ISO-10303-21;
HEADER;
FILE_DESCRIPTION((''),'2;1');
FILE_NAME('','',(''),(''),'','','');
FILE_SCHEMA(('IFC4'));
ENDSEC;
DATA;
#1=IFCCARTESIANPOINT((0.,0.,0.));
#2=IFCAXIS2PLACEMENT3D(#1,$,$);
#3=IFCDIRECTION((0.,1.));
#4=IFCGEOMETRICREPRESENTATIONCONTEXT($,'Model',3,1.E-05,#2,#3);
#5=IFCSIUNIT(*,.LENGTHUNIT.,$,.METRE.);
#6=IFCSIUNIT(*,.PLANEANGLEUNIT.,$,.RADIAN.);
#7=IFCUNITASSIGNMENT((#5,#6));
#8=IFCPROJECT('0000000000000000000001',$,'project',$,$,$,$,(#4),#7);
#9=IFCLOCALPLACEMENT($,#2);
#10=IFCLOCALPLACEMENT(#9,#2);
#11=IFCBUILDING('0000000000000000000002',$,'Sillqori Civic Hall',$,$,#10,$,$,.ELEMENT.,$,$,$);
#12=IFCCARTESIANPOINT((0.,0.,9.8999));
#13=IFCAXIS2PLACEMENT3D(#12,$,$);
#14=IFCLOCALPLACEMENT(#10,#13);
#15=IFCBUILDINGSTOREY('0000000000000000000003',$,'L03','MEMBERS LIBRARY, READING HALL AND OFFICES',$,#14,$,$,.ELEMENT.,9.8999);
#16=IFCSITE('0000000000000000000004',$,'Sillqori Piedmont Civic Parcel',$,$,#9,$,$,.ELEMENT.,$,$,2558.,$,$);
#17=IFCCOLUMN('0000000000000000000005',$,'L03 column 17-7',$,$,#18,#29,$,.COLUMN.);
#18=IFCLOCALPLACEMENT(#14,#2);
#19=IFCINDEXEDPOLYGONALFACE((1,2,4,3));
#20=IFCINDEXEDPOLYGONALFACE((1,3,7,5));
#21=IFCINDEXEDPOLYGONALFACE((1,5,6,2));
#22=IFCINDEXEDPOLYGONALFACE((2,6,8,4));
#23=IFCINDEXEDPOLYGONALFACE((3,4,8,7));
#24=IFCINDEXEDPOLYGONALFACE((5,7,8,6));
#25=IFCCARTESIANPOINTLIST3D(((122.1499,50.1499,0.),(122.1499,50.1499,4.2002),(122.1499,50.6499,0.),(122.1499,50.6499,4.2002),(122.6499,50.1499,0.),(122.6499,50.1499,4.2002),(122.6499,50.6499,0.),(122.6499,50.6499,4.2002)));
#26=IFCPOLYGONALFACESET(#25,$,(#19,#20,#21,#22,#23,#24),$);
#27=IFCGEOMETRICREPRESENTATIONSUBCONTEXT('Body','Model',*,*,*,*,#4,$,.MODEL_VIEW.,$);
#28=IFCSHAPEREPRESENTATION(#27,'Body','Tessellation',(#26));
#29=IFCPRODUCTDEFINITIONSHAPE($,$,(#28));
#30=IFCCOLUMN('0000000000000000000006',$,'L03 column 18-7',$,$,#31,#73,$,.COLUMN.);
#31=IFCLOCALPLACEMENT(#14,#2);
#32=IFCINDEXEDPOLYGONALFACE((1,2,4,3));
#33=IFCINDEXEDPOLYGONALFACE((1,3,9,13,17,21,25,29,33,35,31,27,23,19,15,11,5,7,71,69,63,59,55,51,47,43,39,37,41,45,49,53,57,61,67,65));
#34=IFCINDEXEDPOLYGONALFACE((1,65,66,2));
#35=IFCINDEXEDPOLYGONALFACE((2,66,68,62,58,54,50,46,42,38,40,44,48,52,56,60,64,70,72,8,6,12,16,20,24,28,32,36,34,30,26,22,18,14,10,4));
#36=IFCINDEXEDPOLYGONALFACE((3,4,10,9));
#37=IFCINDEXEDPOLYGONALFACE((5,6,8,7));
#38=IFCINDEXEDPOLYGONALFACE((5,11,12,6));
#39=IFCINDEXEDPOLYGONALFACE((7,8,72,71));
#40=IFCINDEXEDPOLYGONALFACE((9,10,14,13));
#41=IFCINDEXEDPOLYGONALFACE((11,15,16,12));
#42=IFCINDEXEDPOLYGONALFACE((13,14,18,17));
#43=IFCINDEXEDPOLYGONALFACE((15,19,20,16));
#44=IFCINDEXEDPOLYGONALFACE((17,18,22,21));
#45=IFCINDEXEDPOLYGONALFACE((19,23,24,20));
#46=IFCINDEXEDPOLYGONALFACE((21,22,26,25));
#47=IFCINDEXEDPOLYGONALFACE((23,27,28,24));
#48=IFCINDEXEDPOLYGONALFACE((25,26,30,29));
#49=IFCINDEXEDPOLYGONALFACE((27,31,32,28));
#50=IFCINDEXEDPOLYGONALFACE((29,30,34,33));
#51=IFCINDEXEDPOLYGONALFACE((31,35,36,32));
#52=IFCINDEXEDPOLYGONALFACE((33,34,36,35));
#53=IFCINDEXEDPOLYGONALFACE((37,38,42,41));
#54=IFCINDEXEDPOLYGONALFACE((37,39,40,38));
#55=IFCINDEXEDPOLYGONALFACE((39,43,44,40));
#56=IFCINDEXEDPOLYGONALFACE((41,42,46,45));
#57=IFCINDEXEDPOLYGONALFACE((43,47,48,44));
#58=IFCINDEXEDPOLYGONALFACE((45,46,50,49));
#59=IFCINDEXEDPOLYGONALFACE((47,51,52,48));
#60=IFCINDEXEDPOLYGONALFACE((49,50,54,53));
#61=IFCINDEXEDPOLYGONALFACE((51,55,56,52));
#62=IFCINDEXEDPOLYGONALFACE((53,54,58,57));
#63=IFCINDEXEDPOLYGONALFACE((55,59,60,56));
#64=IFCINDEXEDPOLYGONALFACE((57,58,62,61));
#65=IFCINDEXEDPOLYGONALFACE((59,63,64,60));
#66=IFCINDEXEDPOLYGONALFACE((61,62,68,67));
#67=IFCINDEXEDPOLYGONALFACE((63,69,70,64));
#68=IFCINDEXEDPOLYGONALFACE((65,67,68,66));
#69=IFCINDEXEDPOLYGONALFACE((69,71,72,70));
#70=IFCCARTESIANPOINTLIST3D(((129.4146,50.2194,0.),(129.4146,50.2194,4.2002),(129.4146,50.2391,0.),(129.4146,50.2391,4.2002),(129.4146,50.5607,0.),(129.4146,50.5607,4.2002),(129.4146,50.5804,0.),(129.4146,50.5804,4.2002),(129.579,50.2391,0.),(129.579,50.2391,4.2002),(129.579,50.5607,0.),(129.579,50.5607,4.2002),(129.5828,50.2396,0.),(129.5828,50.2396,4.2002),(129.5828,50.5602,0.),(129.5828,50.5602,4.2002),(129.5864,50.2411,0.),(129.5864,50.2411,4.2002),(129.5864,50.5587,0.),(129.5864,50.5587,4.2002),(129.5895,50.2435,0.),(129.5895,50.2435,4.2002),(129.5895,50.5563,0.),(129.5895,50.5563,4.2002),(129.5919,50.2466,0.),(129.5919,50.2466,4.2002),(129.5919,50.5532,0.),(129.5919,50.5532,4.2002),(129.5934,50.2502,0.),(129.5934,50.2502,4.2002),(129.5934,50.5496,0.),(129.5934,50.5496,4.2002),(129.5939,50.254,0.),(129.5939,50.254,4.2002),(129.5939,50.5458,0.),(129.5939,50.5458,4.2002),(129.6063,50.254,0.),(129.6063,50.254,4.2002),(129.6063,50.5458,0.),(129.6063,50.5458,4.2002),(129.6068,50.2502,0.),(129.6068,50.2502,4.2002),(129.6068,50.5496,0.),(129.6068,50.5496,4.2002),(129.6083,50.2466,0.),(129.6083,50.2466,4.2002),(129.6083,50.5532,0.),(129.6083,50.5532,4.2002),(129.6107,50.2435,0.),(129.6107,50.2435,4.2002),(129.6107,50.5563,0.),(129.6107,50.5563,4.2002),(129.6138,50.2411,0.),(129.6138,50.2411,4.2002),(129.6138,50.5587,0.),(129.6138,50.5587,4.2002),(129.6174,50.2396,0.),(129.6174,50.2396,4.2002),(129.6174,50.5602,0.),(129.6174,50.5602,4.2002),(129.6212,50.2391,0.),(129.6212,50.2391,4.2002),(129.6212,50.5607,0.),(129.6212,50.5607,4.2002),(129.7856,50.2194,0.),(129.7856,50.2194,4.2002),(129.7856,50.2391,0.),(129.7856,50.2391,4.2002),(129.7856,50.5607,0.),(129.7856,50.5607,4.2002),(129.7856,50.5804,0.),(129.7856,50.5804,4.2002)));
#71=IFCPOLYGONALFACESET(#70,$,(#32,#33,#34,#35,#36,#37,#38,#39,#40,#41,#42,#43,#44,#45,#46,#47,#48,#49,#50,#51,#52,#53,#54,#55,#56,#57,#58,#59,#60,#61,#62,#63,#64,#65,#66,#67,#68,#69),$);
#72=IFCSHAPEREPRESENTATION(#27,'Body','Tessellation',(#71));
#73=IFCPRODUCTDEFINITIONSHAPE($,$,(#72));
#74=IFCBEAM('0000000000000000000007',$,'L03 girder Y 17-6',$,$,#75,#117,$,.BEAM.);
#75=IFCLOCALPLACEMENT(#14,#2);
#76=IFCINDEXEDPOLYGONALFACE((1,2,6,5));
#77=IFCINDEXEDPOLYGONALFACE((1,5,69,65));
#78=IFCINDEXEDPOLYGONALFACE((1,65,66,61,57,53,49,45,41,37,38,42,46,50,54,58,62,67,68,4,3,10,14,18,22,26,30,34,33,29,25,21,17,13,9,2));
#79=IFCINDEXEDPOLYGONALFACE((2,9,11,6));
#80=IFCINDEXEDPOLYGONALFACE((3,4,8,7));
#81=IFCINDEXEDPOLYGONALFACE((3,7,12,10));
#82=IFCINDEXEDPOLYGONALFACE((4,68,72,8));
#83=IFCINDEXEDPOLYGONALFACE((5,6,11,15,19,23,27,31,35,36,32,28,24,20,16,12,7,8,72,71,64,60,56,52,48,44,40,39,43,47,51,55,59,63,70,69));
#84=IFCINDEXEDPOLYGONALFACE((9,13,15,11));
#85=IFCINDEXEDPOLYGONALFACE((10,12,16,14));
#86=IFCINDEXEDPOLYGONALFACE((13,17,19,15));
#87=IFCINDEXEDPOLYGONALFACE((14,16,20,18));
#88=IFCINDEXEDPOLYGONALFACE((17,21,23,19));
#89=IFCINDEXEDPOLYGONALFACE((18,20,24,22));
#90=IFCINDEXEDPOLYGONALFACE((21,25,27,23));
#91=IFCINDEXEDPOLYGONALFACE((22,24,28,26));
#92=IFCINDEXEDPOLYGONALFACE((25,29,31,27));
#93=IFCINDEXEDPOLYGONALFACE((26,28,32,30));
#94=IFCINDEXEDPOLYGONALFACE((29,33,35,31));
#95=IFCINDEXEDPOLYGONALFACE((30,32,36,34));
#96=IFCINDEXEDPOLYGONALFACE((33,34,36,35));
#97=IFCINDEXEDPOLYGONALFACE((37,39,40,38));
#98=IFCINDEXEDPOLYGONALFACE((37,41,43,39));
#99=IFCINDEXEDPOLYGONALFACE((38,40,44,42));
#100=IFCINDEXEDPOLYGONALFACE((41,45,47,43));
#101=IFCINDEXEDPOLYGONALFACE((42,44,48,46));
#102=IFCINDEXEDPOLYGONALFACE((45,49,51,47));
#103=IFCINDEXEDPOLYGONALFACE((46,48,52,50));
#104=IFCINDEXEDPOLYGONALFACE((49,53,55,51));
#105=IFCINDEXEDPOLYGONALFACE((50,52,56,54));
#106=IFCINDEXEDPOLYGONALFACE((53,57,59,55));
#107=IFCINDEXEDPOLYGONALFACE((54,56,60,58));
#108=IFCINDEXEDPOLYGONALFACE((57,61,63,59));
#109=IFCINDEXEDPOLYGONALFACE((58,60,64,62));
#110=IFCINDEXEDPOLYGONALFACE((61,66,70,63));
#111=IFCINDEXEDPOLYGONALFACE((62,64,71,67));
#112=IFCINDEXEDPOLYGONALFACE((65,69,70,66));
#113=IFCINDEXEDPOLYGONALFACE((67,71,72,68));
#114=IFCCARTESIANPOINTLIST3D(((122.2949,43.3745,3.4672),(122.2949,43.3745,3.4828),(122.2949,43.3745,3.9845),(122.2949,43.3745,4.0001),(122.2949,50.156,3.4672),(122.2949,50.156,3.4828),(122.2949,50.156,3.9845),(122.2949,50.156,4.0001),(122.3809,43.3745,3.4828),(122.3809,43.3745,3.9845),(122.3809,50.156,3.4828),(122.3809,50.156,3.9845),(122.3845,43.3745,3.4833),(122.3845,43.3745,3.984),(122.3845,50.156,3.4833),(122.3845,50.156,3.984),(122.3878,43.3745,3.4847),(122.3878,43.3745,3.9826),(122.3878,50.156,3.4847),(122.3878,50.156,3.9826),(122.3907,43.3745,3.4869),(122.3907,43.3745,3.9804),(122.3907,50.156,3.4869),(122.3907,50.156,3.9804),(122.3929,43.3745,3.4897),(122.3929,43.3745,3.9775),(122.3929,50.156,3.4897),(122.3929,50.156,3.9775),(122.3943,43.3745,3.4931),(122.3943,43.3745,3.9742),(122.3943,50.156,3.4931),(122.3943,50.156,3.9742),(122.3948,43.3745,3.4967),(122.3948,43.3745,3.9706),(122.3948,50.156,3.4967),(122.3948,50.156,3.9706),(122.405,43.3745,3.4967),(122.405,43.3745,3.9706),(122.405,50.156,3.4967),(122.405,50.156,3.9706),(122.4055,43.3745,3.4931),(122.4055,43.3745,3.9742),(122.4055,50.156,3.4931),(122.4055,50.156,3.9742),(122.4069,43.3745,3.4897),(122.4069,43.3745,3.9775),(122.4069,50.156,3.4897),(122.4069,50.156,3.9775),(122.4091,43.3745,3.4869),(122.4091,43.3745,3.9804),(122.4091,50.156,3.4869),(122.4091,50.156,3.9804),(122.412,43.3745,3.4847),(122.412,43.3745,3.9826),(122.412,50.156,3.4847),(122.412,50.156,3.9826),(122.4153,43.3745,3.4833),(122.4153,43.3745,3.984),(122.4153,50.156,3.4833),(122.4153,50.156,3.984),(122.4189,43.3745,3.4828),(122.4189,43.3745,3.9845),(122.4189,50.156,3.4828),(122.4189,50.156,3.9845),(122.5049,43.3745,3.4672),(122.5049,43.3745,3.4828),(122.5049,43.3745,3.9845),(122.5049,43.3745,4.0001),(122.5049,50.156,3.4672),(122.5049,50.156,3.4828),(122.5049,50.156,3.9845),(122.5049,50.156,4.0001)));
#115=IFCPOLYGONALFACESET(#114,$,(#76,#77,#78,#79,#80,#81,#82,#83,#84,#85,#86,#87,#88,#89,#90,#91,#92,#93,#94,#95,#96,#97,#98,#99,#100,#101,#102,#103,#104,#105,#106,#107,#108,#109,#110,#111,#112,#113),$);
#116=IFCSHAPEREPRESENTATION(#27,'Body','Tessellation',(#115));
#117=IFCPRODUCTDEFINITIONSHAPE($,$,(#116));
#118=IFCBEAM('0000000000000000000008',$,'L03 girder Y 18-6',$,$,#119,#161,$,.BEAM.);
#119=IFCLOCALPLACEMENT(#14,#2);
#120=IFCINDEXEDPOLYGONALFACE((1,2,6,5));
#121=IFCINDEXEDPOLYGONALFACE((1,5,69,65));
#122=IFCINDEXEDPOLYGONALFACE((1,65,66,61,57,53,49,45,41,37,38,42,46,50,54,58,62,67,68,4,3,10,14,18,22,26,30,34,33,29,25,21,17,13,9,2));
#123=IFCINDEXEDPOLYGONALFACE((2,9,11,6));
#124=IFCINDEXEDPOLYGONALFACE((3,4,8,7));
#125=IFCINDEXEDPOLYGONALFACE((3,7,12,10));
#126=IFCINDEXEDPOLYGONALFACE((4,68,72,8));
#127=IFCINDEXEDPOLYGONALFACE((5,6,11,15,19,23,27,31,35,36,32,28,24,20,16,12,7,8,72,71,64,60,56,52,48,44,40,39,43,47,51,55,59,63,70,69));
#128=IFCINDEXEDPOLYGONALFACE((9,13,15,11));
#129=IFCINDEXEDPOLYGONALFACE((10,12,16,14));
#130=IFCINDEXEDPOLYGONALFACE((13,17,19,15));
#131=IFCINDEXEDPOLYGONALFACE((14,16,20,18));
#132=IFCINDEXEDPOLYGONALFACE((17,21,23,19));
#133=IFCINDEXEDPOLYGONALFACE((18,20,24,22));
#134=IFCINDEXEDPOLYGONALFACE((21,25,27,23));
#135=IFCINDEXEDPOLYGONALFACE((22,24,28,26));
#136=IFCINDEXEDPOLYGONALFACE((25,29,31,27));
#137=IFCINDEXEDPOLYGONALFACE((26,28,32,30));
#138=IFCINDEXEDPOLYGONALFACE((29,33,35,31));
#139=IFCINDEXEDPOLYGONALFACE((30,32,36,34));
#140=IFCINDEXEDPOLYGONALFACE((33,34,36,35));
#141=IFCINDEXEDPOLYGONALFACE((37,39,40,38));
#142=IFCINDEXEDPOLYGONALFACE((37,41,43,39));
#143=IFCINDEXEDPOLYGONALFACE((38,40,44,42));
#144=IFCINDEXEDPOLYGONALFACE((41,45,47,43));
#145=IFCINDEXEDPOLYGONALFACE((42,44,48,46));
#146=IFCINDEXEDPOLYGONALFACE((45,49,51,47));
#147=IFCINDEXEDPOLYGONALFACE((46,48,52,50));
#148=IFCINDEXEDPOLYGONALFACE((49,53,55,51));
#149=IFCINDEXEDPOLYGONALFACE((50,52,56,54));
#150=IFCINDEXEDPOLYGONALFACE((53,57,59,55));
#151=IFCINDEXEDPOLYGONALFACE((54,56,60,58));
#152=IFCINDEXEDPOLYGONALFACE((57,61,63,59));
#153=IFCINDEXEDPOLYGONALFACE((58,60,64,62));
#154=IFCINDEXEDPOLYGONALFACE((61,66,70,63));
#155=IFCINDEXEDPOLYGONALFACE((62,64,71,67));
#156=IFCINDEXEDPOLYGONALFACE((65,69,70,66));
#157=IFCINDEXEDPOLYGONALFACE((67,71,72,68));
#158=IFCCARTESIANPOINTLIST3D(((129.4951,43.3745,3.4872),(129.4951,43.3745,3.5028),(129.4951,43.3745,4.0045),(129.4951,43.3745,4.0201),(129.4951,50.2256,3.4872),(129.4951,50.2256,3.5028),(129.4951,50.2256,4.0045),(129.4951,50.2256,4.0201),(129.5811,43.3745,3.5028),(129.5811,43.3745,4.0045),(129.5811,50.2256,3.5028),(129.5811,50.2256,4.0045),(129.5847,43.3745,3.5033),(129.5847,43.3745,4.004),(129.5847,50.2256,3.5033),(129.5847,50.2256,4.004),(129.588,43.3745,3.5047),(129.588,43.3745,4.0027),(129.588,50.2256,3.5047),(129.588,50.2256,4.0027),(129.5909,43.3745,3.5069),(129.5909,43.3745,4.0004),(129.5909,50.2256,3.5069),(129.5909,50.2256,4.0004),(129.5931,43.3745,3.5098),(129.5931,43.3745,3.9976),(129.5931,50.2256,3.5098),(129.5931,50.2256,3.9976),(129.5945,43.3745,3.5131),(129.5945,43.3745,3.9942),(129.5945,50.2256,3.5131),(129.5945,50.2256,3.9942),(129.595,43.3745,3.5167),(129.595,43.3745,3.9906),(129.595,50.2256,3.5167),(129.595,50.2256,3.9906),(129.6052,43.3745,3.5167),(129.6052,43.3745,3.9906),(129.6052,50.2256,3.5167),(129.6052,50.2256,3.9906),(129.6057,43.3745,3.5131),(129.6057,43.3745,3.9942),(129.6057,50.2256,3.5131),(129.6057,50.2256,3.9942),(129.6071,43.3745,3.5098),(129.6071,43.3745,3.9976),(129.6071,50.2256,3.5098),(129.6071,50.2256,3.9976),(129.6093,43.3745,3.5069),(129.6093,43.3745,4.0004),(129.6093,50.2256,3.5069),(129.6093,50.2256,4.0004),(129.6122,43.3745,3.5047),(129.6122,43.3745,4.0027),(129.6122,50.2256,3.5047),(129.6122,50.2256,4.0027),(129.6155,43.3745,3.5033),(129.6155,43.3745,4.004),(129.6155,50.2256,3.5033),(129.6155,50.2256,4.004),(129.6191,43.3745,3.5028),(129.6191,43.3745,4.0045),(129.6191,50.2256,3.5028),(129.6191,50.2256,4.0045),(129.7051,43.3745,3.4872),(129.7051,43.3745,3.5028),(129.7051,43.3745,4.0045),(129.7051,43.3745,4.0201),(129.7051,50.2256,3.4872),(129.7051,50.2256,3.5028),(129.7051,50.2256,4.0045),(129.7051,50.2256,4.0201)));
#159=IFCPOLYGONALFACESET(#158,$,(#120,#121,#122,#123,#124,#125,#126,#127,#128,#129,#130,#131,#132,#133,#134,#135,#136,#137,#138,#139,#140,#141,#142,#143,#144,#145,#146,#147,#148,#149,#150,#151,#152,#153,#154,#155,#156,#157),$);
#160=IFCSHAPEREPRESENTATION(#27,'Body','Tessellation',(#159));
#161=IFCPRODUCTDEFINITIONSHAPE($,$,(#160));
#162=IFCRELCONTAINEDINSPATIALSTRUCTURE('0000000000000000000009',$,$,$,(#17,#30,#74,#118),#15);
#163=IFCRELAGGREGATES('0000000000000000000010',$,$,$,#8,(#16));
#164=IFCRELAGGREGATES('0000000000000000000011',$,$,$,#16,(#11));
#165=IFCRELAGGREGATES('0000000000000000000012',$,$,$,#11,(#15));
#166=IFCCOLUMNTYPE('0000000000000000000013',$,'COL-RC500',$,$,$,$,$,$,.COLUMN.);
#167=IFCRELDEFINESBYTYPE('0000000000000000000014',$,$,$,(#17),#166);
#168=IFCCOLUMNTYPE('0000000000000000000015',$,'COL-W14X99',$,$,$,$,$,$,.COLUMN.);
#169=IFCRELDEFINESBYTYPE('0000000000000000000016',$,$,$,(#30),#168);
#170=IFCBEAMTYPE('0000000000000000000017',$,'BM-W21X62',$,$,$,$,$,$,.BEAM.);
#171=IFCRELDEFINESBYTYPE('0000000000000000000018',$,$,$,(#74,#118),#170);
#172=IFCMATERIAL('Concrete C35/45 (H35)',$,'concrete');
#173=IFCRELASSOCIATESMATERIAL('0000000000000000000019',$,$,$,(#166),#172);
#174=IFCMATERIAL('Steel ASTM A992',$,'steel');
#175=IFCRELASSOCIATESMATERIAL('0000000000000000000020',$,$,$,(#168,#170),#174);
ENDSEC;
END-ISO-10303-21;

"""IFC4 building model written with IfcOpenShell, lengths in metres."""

from ifc_helpers import new_model, si_unit, direction, frame, origin, origin_2d, place, context, subcontext, project, spatial, rectangle, i_section, extrude, material, material_profile, profile_set, type_object, element, save


model = new_model("IFC4")

# Units and contexts
model_context = context("Model", 3, precision=1e-05, world=origin(), true_north=direction((0.0, 1.0)))
body_context = subcontext(model_context, "Body", "Model", "MODEL_VIEW")
ifc_project = project(units=[si_unit("LENGTHUNIT", "METRE"), si_unit("PLANEANGLEUNIT", "RADIAN")], contexts=[model_context])

# Site, building, storey
site_placement = place(None, origin())
site = spatial("IfcSite", under=ifc_project, at=site_placement, Name="Sillqori Piedmont Civic Parcel", CompositionType="ELEMENT", RefElevation=2558.0)
building_placement = place(site_placement, origin())
building = spatial("IfcBuilding", under=site, at=building_placement, Name="Sillqori Civic Hall", CompositionType="ELEMENT")
storey_placement = place(building_placement, frame((0.0, 0.0, 9.8999)))
storey = spatial("IfcBuildingStorey", under=building, at=storey_placement, Name="L03", Description="MEMBERS LIBRARY, READING HALL AND OFFICES", CompositionType="ELEMENT", Elevation=9.8999)

# Columns
ifc_material_1 = material(Name="Concrete C35/45 (H35)", Category="concrete")
ifc_material_profile_1 = material_profile(ifc_material_1, rectangle(XDim=0.5, YDim=0.5, at=origin_2d()), Name="RC 500x500")
ifc_profile_set_1 = profile_set([ifc_material_profile_1], Name="Concrete C35/45 (H35)")
column_type_1 = type_object("IfcColumnType", Name="COL-RC500", PredefinedType="COLUMN", material=ifc_profile_set_1)
column_1_placement = place(storey_placement, frame((122.3999, 50.3999, 0.0), z_axis=(0.0, 0.0, 1.0), x_axis=(1.0, 0.0, 0.0)))
element("IfcColumn", 1, at=column_1_placement, inside=storey, type_object=column_type_1, Name="L03 column 17-7", PredefinedType="COLUMN", context=body_context, shape_type="SweptSolid", body=[
    extrude(rectangle(XDim=0.5, YDim=0.5, at=origin_2d()), origin(), (0.0, 0.0, 1.0), 4.2002),
])
ifc_material_2 = material(Name="Steel ASTM A992", Category="steel")
ifc_material_profile_2 = material_profile(ifc_material_2, i_section(OverallWidth=0.3711, OverallDepth=0.3611, WebThickness=0.0125, FlangeThickness=0.0198, FilletRadius=0.0149, at=origin_2d()), Name="W14X99")
ifc_profile_set_2 = profile_set([ifc_material_profile_2], Name="Steel ASTM A992")
column_type_2 = type_object("IfcColumnType", Name="COL-W14X99", PredefinedType="COLUMN", material=ifc_profile_set_2)
column_2_placement = place(storey_placement, frame((129.6001, 50.3999, 0.0), z_axis=(0.0, 0.0, 1.0), x_axis=(1.0, 0.0, 0.0)))
element("IfcColumn", 2, at=column_2_placement, inside=storey, type_object=column_type_2, Name="L03 column 18-7", PredefinedType="COLUMN", context=body_context, shape_type="SweptSolid", body=[
    extrude(i_section(OverallWidth=0.3711, OverallDepth=0.3611, WebThickness=0.0125, FlangeThickness=0.0198, FilletRadius=0.0149, at=origin_2d()), origin(), (0.0, 0.0, 1.0), 4.2002),
])

# Beams
ifc_material_profile_3 = material_profile(ifc_material_2, i_section(OverallWidth=0.21, OverallDepth=0.533, WebThickness=0.0103, FlangeThickness=0.0156, FilletRadius=0.0139, at=origin_2d()), Name="W21X62")
ifc_profile_set_3 = profile_set([ifc_material_profile_3], Name="Steel ASTM A992")
beam_type_1 = type_object("IfcBeamType", Name="BM-W21X62", PredefinedType="BEAM", material=ifc_profile_set_3)
beam_1_placement = place(storey_placement, frame((122.3999, 43.3745, 3.7336), z_axis=(0.0, 1.0, 0.0), x_axis=(-1.0, 0.0, 0.0)))
element("IfcBeam", 3, at=beam_1_placement, inside=storey, type_object=beam_type_1, Name="L03 girder Y 17-6", PredefinedType="BEAM", context=body_context, shape_type="SweptSolid", body=[
    extrude(i_section(OverallWidth=0.21, OverallDepth=0.533, WebThickness=0.0103, FlangeThickness=0.0156, FilletRadius=0.0139, at=origin_2d()), origin(), (0.0, 0.0, 1.0), 6.7815),
])
for number, where, z_axis, x_axis, name in (
    (4, (129.6001, 43.3745, 3.7537), (0.0, 1.0, 0.0), (-1.0, 0.0, 0.0), "L03 girder Y 18-6"),
):
    element("IfcBeam", number, at=place(storey_placement, frame(where, z_axis=z_axis, x_axis=x_axis)), inside=storey, type_object=beam_type_1, Name=name, PredefinedType="BEAM", context=body_context, shape_type="SweptSolid", body=[
        extrude(i_section(OverallWidth=0.21, OverallDepth=0.533, WebThickness=0.0103, FlangeThickness=0.0156, FilletRadius=0.0139, at=origin_2d()), origin(), (0.0, 0.0, 1.0), 6.8511),
    ])

save(model, "model.ifc")
